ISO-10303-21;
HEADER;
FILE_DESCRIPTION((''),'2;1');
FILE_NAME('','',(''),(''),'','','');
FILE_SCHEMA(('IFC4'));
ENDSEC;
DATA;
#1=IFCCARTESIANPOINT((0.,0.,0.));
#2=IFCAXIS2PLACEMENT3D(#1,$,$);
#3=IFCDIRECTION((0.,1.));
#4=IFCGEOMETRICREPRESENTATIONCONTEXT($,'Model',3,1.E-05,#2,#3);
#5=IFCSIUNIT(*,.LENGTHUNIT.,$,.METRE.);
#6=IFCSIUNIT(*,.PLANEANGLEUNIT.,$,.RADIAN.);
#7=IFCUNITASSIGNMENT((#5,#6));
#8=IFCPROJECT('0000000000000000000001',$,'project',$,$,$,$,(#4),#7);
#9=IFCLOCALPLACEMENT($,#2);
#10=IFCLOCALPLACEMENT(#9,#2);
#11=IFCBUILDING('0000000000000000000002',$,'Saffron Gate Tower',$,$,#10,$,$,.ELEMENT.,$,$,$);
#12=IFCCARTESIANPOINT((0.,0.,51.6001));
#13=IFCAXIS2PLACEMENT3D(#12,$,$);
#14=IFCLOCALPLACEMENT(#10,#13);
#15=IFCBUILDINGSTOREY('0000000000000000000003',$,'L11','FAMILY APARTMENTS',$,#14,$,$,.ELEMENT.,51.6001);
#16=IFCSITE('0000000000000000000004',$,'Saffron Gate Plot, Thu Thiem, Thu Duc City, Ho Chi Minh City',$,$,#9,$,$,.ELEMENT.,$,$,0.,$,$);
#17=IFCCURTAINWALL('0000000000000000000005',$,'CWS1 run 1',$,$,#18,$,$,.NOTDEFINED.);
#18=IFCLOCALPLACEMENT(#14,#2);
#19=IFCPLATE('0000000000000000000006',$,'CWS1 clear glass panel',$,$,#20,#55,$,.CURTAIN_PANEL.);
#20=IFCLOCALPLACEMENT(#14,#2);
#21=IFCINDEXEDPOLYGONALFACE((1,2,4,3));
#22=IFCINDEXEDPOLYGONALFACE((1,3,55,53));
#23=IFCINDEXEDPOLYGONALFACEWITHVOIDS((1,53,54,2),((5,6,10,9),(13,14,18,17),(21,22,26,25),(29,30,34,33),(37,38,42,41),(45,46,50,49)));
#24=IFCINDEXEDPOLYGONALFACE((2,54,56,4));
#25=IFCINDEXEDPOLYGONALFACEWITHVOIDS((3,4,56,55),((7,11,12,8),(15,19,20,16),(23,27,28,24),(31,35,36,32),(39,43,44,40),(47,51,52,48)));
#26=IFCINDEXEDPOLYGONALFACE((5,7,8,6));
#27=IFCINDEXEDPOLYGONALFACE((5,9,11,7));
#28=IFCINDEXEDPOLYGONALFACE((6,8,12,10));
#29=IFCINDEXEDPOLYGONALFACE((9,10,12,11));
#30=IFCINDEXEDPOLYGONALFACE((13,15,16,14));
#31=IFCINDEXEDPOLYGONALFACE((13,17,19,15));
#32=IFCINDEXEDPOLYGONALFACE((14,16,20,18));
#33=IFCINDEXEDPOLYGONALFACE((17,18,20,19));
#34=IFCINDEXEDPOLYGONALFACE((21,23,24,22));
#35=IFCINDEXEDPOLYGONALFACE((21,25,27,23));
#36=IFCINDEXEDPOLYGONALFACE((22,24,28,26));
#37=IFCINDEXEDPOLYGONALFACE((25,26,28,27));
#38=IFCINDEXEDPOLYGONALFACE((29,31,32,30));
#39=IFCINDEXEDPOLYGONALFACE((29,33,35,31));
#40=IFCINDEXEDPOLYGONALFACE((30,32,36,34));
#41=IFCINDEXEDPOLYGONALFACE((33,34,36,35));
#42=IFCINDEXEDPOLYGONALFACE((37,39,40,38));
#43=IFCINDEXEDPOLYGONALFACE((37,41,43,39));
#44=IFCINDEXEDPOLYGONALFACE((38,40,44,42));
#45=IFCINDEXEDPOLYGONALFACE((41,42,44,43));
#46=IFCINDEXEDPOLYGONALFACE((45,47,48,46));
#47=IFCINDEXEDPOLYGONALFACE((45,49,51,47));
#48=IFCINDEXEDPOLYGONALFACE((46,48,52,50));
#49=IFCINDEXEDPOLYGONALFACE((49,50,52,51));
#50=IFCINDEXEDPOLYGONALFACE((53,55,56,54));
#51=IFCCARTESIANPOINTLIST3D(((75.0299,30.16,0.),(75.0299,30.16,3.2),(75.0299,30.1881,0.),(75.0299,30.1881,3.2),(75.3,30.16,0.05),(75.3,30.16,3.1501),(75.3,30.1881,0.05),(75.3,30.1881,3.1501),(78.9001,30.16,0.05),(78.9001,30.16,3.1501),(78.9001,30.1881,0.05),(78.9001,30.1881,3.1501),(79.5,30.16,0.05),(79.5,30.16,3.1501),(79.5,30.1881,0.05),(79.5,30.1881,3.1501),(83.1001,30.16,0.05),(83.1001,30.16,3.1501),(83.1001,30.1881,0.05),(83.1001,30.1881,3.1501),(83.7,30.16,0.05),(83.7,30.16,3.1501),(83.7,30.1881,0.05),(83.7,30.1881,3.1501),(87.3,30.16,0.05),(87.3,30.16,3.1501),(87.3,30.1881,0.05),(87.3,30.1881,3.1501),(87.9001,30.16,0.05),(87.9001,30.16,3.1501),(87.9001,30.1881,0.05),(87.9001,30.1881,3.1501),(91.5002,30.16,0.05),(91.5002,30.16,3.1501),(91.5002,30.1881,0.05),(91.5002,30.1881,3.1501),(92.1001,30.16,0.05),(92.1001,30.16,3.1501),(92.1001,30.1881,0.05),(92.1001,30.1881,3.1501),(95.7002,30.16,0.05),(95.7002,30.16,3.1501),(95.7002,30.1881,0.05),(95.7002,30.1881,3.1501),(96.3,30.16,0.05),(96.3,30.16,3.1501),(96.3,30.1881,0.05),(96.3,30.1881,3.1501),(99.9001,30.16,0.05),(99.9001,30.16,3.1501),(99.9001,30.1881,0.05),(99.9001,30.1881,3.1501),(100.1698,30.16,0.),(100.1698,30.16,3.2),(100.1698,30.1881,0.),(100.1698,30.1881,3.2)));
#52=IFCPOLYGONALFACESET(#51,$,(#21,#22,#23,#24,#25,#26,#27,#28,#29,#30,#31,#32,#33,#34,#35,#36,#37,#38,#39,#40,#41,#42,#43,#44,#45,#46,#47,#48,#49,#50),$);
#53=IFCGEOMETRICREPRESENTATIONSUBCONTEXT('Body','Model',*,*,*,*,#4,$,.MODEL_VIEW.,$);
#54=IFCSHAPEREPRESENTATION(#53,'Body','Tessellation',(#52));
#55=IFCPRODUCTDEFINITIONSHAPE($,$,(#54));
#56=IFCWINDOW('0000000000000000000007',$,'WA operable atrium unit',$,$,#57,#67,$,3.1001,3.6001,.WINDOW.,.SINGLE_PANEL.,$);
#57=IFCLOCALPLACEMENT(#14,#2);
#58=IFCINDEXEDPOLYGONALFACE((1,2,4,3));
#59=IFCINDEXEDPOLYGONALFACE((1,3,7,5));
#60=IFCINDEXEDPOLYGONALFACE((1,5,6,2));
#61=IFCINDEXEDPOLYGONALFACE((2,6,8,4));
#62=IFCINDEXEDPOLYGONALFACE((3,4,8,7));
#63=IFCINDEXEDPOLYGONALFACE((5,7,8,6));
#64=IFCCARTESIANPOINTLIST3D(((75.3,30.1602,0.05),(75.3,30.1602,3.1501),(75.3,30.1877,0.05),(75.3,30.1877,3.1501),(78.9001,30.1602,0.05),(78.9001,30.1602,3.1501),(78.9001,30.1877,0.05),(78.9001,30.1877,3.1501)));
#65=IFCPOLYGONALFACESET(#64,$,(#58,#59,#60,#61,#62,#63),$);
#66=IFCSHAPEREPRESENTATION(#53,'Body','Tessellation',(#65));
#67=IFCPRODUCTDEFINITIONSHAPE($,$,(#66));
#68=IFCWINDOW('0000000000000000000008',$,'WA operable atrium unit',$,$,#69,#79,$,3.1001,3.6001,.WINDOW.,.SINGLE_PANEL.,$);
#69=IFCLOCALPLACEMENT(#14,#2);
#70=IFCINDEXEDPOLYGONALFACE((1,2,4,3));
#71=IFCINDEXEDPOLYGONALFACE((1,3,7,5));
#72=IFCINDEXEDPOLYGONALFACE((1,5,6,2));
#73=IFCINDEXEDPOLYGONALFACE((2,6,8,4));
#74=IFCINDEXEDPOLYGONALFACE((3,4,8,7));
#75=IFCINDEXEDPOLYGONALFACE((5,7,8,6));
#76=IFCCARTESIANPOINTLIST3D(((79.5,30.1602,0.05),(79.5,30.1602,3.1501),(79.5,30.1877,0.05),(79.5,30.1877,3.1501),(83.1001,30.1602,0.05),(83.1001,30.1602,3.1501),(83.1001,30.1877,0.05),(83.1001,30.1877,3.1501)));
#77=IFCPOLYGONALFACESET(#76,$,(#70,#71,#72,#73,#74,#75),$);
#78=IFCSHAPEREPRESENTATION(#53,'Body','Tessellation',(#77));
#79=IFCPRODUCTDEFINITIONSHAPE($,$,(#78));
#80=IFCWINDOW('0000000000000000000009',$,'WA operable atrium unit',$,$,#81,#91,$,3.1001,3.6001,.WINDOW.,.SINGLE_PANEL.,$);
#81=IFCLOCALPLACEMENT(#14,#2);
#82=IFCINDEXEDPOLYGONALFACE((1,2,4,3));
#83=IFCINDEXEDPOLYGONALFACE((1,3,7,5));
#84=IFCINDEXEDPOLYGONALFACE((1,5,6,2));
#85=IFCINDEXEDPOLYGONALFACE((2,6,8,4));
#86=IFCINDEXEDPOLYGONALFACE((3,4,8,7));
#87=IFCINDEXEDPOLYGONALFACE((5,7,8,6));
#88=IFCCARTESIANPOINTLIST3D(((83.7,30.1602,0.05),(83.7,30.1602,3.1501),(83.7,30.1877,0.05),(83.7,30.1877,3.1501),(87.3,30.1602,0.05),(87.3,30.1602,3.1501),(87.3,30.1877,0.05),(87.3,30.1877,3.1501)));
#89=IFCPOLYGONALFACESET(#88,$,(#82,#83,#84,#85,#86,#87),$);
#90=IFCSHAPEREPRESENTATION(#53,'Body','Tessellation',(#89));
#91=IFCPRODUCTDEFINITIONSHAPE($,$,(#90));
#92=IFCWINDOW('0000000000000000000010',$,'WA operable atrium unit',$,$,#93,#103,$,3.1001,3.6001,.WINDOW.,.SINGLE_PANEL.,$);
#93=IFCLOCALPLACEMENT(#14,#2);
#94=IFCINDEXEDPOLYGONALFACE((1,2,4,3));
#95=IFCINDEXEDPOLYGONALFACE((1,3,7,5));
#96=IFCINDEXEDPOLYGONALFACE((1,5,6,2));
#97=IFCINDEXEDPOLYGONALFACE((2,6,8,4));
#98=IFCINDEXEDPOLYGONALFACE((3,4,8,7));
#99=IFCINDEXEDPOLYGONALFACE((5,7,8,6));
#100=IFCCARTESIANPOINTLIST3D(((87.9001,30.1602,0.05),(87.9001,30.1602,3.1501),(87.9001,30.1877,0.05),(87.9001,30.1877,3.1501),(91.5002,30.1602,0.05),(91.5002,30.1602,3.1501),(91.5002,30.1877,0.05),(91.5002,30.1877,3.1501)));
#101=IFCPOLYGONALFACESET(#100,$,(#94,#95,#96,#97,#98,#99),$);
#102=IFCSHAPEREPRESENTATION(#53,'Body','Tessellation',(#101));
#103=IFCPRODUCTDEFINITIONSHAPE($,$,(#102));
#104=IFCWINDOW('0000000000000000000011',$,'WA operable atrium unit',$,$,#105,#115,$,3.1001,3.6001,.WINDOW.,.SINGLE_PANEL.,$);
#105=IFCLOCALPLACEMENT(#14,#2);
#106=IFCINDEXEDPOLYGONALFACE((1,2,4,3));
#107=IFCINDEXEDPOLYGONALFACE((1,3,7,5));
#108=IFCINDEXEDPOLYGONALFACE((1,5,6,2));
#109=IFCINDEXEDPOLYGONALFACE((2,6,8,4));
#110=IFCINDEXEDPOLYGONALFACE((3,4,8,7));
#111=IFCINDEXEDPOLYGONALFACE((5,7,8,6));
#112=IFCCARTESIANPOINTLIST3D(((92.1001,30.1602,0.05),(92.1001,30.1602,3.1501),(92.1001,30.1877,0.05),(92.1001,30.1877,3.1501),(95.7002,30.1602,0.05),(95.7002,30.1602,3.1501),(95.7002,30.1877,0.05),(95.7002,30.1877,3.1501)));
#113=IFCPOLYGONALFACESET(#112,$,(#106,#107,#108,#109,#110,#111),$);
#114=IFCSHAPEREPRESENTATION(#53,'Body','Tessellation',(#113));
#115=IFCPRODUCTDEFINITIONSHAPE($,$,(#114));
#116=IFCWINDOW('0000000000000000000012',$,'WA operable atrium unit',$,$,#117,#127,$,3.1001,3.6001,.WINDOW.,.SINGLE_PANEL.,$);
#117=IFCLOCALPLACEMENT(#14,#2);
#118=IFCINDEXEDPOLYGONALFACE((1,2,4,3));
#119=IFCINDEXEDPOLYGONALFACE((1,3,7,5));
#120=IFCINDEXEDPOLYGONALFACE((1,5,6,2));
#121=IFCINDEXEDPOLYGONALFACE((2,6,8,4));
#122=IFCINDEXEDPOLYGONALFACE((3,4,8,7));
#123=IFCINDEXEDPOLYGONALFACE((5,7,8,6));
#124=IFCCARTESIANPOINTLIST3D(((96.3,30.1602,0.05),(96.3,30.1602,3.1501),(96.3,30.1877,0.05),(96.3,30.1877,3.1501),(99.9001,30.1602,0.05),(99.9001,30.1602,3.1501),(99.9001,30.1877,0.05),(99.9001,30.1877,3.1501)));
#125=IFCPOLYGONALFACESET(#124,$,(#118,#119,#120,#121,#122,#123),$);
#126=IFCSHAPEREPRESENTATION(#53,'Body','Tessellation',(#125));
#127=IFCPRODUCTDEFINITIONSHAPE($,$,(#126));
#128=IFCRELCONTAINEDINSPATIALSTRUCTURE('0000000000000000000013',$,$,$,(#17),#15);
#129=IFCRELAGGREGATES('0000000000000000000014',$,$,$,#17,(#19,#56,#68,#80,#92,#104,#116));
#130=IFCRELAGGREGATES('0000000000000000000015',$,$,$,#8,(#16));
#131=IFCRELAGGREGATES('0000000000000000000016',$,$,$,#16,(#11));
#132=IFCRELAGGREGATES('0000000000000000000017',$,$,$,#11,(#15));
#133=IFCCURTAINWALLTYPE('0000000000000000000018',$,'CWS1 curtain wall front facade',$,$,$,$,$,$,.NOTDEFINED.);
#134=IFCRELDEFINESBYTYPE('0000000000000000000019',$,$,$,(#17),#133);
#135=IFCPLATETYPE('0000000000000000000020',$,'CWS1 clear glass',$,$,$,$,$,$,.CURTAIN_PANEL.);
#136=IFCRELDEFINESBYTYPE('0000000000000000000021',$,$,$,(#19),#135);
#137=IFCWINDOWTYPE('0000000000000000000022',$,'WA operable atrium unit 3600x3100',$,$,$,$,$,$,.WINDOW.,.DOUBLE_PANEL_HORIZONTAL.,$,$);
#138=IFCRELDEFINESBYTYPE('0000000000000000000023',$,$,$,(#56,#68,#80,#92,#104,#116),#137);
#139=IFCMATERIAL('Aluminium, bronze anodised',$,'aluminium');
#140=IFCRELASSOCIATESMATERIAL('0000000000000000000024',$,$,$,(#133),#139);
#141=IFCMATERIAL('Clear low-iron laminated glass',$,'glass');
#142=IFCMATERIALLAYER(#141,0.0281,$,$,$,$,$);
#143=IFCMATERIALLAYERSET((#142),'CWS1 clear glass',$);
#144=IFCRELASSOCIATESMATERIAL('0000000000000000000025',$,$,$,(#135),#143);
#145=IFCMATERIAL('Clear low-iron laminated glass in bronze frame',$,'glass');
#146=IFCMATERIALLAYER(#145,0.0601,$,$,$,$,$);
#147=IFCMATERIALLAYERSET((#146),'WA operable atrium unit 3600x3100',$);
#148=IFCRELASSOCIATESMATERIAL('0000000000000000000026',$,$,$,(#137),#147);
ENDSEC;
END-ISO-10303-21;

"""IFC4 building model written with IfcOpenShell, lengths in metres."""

from ifc_helpers import new_model, si_unit, direction, frame, frame_2d, origin, place, context, subcontext, project, spatial, rectangle, extrude, material, layer, layer_set, type_object, element, fill, aggregate, save


model = new_model("IFC4")

# Units and contexts
model_context = context("Model", 3, precision=1e-05, world=origin(), true_north=direction((0.0, 1.0)))
body_context = subcontext(model_context, "Body", "Model", "MODEL_VIEW")
ifc_project = project(units=[si_unit("LENGTHUNIT", "METRE"), si_unit("PLANEANGLEUNIT", "RADIAN")], contexts=[model_context])

# Site, building, storey
site_placement = place(None, origin())
site = spatial("IfcSite", under=ifc_project, at=site_placement, Name="Saffron Gate Plot, Thu Thiem, Thu Duc City, Ho Chi Minh City", CompositionType="ELEMENT", RefElevation=0.0)
building_placement = place(site_placement, origin())
building = spatial("IfcBuilding", under=site, at=building_placement, Name="Saffron Gate Tower", CompositionType="ELEMENT")
storey_placement = place(building_placement, frame((0.0, 0.0, 51.6001)))
storey = spatial("IfcBuildingStorey", under=building, at=storey_placement, Name="L11", Description="FAMILY APARTMENTS", CompositionType="ELEMENT", Elevation=51.6001)

# Curtain wall, plate, openings, windows
ifc_material_1 = material(Name="Aluminium, bronze anodised", Category="aluminium")
curtain_wall_type = type_object("IfcCurtainWallType", Name="CWS1 curtain wall front facade", PredefinedType="NOTDEFINED", material=ifc_material_1)
curtain_wall_placement = place(storey_placement, origin())
curtain_wall = element("IfcCurtainWall", 1, at=curtain_wall_placement, inside=storey, type_object=curtain_wall_type, Name="CWS1 run 1", PredefinedType="NOTDEFINED")
ifc_material_2 = material(Name="Clear low-iron laminated glass", Category="glass")
ifc_layer_1 = layer(ifc_material_2, 0.0281)
ifc_layer_set_1 = layer_set([ifc_layer_1], Name="CWS1 clear glass")
plate_type = type_object("IfcPlateType", Name="CWS1 clear glass", PredefinedType="CURTAIN_PANEL", material=ifc_layer_set_1)
plate_placement = place(storey_placement, frame((75.03, 30.1741, 0.0), z_axis=(0.0, 0.0, 1.0), x_axis=(1.0, 0.0, 0.0)))
plate = element("IfcPlate", 2, at=plate_placement, type_object=plate_type, Name="CWS1 clear glass panel", PredefinedType="CURTAIN_PANEL", context=body_context, shape_type="SweptSolid", body=[
    extrude(rectangle(XDim=25.1399, YDim=0.0281, at=frame_2d((12.5698, 0.0))), origin(), (0.0, 0.0, 1.0), 3.2),
])
opening_1_placement = place(plate_placement, frame((0.27, 0.0, 0.05)))
opening_1 = element("IfcOpeningElement", 3, at=opening_1_placement, cuts=plate, PredefinedType="OPENING", context=body_context, shape_type="SweptSolid", body=[
    extrude(rectangle(XDim=3.6001, YDim=3.1001, at=frame_2d((1.8, 1.55))), frame((0.0, 0.0239, 0.0), z_axis=(0.0, -1.0, 0.0), x_axis=(1.0, 0.0, 0.0)), (0.0, 0.0, 1.0), 0.0481),
])
opening_2_placement = place(plate_placement, frame((4.47, 0.0, 0.05)))
opening_2 = element("IfcOpeningElement", 4, at=opening_2_placement, cuts=plate, PredefinedType="OPENING", context=body_context, shape_type="SweptSolid", body=[
    extrude(rectangle(XDim=3.6001, YDim=3.1001, at=frame_2d((1.8, 1.55))), frame((0.0, 0.0239, 0.0), z_axis=(0.0, -1.0, 0.0), x_axis=(1.0, 0.0, 0.0)), (0.0, 0.0, 1.0), 0.0481),
])
opening_3_placement = place(plate_placement, frame((8.6699, 0.0, 0.05)))
opening_3 = element("IfcOpeningElement", 5, at=opening_3_placement, cuts=plate, PredefinedType="OPENING", context=body_context, shape_type="SweptSolid", body=[
    extrude(rectangle(XDim=3.6001, YDim=3.1001, at=frame_2d((1.8, 1.55))), frame((0.0, 0.0239, 0.0), z_axis=(0.0, -1.0, 0.0), x_axis=(1.0, 0.0, 0.0)), (0.0, 0.0, 1.0), 0.0481),
])
opening_4_placement = place(plate_placement, frame((12.8701, 0.0, 0.05)))
opening_4 = element("IfcOpeningElement", 6, at=opening_4_placement, cuts=plate, PredefinedType="OPENING", context=body_context, shape_type="SweptSolid", body=[
    extrude(rectangle(XDim=3.6001, YDim=3.1001, at=frame_2d((1.8, 1.55))), frame((0.0, 0.0239, 0.0), z_axis=(0.0, -1.0, 0.0), x_axis=(1.0, 0.0, 0.0)), (0.0, 0.0, 1.0), 0.0481),
])
opening_5_placement = place(plate_placement, frame((17.0701, 0.0, 0.05)))
opening_5 = element("IfcOpeningElement", 7, at=opening_5_placement, cuts=plate, PredefinedType="OPENING", context=body_context, shape_type="SweptSolid", body=[
    extrude(rectangle(XDim=3.6001, YDim=3.1001, at=frame_2d((1.8, 1.55))), frame((0.0, 0.0239, 0.0), z_axis=(0.0, -1.0, 0.0), x_axis=(1.0, 0.0, 0.0)), (0.0, 0.0, 1.0), 0.0481),
])
opening_6_placement = place(plate_placement, frame((21.27, 0.0, 0.05)))
opening_6 = element("IfcOpeningElement", 8, at=opening_6_placement, cuts=plate, PredefinedType="OPENING", context=body_context, shape_type="SweptSolid", body=[
    extrude(rectangle(XDim=3.6001, YDim=3.1001, at=frame_2d((1.8, 1.55))), frame((0.0, 0.0239, 0.0), z_axis=(0.0, -1.0, 0.0), x_axis=(1.0, 0.0, 0.0)), (0.0, 0.0, 1.0), 0.0481),
])
ifc_material_3 = material(Name="Clear low-iron laminated glass in bronze frame", Category="glass")
ifc_layer_2 = layer(ifc_material_3, 0.0601)
ifc_layer_set_2 = layer_set([ifc_layer_2], Name="WA operable atrium unit 3600x3100")
window_type = type_object("IfcWindowType", Name="WA operable atrium unit 3600x3100", PartitioningType="DOUBLE_PANEL_HORIZONTAL", PredefinedType="WINDOW", material=ifc_layer_set_2)
window_1_placement = place(opening_1_placement, origin())
window_1 = element("IfcWindow", 9, at=window_1_placement, type_object=window_type, Name="WA operable atrium unit", OverallHeight=3.1001, OverallWidth=3.6001, PartitioningType="SINGLE_PANEL", PredefinedType="WINDOW", context=body_context, shape_type="SweptSolid", body=[
    extrude(rectangle(XDim=3.6001, YDim=3.1001, at=frame_2d((1.8, 1.55))), frame((0.0, 0.0137, 0.0), z_axis=(0.0, -1.0, 0.0), x_axis=(1.0, 0.0, 0.0)), (0.0, 0.0, 1.0), 0.0276),
])
fill(opening_1, window_1)
window_2_placement = place(opening_2_placement, origin())
window_2 = element("IfcWindow", 10, at=window_2_placement, type_object=window_type, Name="WA operable atrium unit", OverallHeight=3.1001, OverallWidth=3.6001, PartitioningType="SINGLE_PANEL", PredefinedType="WINDOW", context=body_context, shape_type="SweptSolid", body=[
    extrude(rectangle(XDim=3.6001, YDim=3.1001, at=frame_2d((1.8, 1.55))), frame((0.0, 0.0137, 0.0), z_axis=(0.0, -1.0, 0.0), x_axis=(1.0, 0.0, 0.0)), (0.0, 0.0, 1.0), 0.0276),
])
fill(opening_2, window_2)
window_3_placement = place(opening_3_placement, origin())
window_3 = element("IfcWindow", 11, at=window_3_placement, type_object=window_type, Name="WA operable atrium unit", OverallHeight=3.1001, OverallWidth=3.6001, PartitioningType="SINGLE_PANEL", PredefinedType="WINDOW", context=body_context, shape_type="SweptSolid", body=[
    extrude(rectangle(XDim=3.6001, YDim=3.1001, at=frame_2d((1.8, 1.55))), frame((0.0, 0.0137, 0.0), z_axis=(0.0, -1.0, 0.0), x_axis=(1.0, 0.0, 0.0)), (0.0, 0.0, 1.0), 0.0276),
])
fill(opening_3, window_3)
window_4_placement = place(opening_4_placement, origin())
window_4 = element("IfcWindow", 12, at=window_4_placement, type_object=window_type, Name="WA operable atrium unit", OverallHeight=3.1001, OverallWidth=3.6001, PartitioningType="SINGLE_PANEL", PredefinedType="WINDOW", context=body_context, shape_type="SweptSolid", body=[
    extrude(rectangle(XDim=3.6001, YDim=3.1001, at=frame_2d((1.8, 1.55))), frame((0.0, 0.0137, 0.0), z_axis=(0.0, -1.0, 0.0), x_axis=(1.0, 0.0, 0.0)), (0.0, 0.0, 1.0), 0.0276),
])
fill(opening_4, window_4)
window_5_placement = place(opening_5_placement, origin())
window_5 = element("IfcWindow", 13, at=window_5_placement, type_object=window_type, Name="WA operable atrium unit", OverallHeight=3.1001, OverallWidth=3.6001, PartitioningType="SINGLE_PANEL", PredefinedType="WINDOW", context=body_context, shape_type="SweptSolid", body=[
    extrude(rectangle(XDim=3.6001, YDim=3.1001, at=frame_2d((1.8, 1.55))), frame((0.0, 0.0137, 0.0), z_axis=(0.0, -1.0, 0.0), x_axis=(1.0, 0.0, 0.0)), (0.0, 0.0, 1.0), 0.0276),
])
fill(opening_5, window_5)
window_6_placement = place(opening_6_placement, origin())
window_6 = element("IfcWindow", 14, at=window_6_placement, type_object=window_type, Name="WA operable atrium unit", OverallHeight=3.1001, OverallWidth=3.6001, PartitioningType="SINGLE_PANEL", PredefinedType="WINDOW", context=body_context, shape_type="SweptSolid", body=[
    extrude(rectangle(XDim=3.6001, YDim=3.1001, at=frame_2d((1.8, 1.55))), frame((0.0, 0.0137, 0.0), z_axis=(0.0, -1.0, 0.0), x_axis=(1.0, 0.0, 0.0)), (0.0, 0.0, 1.0), 0.0276),
])
fill(opening_6, window_6)
aggregate(curtain_wall, [plate, window_1, window_2, window_3, window_4, window_5, window_6])

save(model, "model.ifc")
